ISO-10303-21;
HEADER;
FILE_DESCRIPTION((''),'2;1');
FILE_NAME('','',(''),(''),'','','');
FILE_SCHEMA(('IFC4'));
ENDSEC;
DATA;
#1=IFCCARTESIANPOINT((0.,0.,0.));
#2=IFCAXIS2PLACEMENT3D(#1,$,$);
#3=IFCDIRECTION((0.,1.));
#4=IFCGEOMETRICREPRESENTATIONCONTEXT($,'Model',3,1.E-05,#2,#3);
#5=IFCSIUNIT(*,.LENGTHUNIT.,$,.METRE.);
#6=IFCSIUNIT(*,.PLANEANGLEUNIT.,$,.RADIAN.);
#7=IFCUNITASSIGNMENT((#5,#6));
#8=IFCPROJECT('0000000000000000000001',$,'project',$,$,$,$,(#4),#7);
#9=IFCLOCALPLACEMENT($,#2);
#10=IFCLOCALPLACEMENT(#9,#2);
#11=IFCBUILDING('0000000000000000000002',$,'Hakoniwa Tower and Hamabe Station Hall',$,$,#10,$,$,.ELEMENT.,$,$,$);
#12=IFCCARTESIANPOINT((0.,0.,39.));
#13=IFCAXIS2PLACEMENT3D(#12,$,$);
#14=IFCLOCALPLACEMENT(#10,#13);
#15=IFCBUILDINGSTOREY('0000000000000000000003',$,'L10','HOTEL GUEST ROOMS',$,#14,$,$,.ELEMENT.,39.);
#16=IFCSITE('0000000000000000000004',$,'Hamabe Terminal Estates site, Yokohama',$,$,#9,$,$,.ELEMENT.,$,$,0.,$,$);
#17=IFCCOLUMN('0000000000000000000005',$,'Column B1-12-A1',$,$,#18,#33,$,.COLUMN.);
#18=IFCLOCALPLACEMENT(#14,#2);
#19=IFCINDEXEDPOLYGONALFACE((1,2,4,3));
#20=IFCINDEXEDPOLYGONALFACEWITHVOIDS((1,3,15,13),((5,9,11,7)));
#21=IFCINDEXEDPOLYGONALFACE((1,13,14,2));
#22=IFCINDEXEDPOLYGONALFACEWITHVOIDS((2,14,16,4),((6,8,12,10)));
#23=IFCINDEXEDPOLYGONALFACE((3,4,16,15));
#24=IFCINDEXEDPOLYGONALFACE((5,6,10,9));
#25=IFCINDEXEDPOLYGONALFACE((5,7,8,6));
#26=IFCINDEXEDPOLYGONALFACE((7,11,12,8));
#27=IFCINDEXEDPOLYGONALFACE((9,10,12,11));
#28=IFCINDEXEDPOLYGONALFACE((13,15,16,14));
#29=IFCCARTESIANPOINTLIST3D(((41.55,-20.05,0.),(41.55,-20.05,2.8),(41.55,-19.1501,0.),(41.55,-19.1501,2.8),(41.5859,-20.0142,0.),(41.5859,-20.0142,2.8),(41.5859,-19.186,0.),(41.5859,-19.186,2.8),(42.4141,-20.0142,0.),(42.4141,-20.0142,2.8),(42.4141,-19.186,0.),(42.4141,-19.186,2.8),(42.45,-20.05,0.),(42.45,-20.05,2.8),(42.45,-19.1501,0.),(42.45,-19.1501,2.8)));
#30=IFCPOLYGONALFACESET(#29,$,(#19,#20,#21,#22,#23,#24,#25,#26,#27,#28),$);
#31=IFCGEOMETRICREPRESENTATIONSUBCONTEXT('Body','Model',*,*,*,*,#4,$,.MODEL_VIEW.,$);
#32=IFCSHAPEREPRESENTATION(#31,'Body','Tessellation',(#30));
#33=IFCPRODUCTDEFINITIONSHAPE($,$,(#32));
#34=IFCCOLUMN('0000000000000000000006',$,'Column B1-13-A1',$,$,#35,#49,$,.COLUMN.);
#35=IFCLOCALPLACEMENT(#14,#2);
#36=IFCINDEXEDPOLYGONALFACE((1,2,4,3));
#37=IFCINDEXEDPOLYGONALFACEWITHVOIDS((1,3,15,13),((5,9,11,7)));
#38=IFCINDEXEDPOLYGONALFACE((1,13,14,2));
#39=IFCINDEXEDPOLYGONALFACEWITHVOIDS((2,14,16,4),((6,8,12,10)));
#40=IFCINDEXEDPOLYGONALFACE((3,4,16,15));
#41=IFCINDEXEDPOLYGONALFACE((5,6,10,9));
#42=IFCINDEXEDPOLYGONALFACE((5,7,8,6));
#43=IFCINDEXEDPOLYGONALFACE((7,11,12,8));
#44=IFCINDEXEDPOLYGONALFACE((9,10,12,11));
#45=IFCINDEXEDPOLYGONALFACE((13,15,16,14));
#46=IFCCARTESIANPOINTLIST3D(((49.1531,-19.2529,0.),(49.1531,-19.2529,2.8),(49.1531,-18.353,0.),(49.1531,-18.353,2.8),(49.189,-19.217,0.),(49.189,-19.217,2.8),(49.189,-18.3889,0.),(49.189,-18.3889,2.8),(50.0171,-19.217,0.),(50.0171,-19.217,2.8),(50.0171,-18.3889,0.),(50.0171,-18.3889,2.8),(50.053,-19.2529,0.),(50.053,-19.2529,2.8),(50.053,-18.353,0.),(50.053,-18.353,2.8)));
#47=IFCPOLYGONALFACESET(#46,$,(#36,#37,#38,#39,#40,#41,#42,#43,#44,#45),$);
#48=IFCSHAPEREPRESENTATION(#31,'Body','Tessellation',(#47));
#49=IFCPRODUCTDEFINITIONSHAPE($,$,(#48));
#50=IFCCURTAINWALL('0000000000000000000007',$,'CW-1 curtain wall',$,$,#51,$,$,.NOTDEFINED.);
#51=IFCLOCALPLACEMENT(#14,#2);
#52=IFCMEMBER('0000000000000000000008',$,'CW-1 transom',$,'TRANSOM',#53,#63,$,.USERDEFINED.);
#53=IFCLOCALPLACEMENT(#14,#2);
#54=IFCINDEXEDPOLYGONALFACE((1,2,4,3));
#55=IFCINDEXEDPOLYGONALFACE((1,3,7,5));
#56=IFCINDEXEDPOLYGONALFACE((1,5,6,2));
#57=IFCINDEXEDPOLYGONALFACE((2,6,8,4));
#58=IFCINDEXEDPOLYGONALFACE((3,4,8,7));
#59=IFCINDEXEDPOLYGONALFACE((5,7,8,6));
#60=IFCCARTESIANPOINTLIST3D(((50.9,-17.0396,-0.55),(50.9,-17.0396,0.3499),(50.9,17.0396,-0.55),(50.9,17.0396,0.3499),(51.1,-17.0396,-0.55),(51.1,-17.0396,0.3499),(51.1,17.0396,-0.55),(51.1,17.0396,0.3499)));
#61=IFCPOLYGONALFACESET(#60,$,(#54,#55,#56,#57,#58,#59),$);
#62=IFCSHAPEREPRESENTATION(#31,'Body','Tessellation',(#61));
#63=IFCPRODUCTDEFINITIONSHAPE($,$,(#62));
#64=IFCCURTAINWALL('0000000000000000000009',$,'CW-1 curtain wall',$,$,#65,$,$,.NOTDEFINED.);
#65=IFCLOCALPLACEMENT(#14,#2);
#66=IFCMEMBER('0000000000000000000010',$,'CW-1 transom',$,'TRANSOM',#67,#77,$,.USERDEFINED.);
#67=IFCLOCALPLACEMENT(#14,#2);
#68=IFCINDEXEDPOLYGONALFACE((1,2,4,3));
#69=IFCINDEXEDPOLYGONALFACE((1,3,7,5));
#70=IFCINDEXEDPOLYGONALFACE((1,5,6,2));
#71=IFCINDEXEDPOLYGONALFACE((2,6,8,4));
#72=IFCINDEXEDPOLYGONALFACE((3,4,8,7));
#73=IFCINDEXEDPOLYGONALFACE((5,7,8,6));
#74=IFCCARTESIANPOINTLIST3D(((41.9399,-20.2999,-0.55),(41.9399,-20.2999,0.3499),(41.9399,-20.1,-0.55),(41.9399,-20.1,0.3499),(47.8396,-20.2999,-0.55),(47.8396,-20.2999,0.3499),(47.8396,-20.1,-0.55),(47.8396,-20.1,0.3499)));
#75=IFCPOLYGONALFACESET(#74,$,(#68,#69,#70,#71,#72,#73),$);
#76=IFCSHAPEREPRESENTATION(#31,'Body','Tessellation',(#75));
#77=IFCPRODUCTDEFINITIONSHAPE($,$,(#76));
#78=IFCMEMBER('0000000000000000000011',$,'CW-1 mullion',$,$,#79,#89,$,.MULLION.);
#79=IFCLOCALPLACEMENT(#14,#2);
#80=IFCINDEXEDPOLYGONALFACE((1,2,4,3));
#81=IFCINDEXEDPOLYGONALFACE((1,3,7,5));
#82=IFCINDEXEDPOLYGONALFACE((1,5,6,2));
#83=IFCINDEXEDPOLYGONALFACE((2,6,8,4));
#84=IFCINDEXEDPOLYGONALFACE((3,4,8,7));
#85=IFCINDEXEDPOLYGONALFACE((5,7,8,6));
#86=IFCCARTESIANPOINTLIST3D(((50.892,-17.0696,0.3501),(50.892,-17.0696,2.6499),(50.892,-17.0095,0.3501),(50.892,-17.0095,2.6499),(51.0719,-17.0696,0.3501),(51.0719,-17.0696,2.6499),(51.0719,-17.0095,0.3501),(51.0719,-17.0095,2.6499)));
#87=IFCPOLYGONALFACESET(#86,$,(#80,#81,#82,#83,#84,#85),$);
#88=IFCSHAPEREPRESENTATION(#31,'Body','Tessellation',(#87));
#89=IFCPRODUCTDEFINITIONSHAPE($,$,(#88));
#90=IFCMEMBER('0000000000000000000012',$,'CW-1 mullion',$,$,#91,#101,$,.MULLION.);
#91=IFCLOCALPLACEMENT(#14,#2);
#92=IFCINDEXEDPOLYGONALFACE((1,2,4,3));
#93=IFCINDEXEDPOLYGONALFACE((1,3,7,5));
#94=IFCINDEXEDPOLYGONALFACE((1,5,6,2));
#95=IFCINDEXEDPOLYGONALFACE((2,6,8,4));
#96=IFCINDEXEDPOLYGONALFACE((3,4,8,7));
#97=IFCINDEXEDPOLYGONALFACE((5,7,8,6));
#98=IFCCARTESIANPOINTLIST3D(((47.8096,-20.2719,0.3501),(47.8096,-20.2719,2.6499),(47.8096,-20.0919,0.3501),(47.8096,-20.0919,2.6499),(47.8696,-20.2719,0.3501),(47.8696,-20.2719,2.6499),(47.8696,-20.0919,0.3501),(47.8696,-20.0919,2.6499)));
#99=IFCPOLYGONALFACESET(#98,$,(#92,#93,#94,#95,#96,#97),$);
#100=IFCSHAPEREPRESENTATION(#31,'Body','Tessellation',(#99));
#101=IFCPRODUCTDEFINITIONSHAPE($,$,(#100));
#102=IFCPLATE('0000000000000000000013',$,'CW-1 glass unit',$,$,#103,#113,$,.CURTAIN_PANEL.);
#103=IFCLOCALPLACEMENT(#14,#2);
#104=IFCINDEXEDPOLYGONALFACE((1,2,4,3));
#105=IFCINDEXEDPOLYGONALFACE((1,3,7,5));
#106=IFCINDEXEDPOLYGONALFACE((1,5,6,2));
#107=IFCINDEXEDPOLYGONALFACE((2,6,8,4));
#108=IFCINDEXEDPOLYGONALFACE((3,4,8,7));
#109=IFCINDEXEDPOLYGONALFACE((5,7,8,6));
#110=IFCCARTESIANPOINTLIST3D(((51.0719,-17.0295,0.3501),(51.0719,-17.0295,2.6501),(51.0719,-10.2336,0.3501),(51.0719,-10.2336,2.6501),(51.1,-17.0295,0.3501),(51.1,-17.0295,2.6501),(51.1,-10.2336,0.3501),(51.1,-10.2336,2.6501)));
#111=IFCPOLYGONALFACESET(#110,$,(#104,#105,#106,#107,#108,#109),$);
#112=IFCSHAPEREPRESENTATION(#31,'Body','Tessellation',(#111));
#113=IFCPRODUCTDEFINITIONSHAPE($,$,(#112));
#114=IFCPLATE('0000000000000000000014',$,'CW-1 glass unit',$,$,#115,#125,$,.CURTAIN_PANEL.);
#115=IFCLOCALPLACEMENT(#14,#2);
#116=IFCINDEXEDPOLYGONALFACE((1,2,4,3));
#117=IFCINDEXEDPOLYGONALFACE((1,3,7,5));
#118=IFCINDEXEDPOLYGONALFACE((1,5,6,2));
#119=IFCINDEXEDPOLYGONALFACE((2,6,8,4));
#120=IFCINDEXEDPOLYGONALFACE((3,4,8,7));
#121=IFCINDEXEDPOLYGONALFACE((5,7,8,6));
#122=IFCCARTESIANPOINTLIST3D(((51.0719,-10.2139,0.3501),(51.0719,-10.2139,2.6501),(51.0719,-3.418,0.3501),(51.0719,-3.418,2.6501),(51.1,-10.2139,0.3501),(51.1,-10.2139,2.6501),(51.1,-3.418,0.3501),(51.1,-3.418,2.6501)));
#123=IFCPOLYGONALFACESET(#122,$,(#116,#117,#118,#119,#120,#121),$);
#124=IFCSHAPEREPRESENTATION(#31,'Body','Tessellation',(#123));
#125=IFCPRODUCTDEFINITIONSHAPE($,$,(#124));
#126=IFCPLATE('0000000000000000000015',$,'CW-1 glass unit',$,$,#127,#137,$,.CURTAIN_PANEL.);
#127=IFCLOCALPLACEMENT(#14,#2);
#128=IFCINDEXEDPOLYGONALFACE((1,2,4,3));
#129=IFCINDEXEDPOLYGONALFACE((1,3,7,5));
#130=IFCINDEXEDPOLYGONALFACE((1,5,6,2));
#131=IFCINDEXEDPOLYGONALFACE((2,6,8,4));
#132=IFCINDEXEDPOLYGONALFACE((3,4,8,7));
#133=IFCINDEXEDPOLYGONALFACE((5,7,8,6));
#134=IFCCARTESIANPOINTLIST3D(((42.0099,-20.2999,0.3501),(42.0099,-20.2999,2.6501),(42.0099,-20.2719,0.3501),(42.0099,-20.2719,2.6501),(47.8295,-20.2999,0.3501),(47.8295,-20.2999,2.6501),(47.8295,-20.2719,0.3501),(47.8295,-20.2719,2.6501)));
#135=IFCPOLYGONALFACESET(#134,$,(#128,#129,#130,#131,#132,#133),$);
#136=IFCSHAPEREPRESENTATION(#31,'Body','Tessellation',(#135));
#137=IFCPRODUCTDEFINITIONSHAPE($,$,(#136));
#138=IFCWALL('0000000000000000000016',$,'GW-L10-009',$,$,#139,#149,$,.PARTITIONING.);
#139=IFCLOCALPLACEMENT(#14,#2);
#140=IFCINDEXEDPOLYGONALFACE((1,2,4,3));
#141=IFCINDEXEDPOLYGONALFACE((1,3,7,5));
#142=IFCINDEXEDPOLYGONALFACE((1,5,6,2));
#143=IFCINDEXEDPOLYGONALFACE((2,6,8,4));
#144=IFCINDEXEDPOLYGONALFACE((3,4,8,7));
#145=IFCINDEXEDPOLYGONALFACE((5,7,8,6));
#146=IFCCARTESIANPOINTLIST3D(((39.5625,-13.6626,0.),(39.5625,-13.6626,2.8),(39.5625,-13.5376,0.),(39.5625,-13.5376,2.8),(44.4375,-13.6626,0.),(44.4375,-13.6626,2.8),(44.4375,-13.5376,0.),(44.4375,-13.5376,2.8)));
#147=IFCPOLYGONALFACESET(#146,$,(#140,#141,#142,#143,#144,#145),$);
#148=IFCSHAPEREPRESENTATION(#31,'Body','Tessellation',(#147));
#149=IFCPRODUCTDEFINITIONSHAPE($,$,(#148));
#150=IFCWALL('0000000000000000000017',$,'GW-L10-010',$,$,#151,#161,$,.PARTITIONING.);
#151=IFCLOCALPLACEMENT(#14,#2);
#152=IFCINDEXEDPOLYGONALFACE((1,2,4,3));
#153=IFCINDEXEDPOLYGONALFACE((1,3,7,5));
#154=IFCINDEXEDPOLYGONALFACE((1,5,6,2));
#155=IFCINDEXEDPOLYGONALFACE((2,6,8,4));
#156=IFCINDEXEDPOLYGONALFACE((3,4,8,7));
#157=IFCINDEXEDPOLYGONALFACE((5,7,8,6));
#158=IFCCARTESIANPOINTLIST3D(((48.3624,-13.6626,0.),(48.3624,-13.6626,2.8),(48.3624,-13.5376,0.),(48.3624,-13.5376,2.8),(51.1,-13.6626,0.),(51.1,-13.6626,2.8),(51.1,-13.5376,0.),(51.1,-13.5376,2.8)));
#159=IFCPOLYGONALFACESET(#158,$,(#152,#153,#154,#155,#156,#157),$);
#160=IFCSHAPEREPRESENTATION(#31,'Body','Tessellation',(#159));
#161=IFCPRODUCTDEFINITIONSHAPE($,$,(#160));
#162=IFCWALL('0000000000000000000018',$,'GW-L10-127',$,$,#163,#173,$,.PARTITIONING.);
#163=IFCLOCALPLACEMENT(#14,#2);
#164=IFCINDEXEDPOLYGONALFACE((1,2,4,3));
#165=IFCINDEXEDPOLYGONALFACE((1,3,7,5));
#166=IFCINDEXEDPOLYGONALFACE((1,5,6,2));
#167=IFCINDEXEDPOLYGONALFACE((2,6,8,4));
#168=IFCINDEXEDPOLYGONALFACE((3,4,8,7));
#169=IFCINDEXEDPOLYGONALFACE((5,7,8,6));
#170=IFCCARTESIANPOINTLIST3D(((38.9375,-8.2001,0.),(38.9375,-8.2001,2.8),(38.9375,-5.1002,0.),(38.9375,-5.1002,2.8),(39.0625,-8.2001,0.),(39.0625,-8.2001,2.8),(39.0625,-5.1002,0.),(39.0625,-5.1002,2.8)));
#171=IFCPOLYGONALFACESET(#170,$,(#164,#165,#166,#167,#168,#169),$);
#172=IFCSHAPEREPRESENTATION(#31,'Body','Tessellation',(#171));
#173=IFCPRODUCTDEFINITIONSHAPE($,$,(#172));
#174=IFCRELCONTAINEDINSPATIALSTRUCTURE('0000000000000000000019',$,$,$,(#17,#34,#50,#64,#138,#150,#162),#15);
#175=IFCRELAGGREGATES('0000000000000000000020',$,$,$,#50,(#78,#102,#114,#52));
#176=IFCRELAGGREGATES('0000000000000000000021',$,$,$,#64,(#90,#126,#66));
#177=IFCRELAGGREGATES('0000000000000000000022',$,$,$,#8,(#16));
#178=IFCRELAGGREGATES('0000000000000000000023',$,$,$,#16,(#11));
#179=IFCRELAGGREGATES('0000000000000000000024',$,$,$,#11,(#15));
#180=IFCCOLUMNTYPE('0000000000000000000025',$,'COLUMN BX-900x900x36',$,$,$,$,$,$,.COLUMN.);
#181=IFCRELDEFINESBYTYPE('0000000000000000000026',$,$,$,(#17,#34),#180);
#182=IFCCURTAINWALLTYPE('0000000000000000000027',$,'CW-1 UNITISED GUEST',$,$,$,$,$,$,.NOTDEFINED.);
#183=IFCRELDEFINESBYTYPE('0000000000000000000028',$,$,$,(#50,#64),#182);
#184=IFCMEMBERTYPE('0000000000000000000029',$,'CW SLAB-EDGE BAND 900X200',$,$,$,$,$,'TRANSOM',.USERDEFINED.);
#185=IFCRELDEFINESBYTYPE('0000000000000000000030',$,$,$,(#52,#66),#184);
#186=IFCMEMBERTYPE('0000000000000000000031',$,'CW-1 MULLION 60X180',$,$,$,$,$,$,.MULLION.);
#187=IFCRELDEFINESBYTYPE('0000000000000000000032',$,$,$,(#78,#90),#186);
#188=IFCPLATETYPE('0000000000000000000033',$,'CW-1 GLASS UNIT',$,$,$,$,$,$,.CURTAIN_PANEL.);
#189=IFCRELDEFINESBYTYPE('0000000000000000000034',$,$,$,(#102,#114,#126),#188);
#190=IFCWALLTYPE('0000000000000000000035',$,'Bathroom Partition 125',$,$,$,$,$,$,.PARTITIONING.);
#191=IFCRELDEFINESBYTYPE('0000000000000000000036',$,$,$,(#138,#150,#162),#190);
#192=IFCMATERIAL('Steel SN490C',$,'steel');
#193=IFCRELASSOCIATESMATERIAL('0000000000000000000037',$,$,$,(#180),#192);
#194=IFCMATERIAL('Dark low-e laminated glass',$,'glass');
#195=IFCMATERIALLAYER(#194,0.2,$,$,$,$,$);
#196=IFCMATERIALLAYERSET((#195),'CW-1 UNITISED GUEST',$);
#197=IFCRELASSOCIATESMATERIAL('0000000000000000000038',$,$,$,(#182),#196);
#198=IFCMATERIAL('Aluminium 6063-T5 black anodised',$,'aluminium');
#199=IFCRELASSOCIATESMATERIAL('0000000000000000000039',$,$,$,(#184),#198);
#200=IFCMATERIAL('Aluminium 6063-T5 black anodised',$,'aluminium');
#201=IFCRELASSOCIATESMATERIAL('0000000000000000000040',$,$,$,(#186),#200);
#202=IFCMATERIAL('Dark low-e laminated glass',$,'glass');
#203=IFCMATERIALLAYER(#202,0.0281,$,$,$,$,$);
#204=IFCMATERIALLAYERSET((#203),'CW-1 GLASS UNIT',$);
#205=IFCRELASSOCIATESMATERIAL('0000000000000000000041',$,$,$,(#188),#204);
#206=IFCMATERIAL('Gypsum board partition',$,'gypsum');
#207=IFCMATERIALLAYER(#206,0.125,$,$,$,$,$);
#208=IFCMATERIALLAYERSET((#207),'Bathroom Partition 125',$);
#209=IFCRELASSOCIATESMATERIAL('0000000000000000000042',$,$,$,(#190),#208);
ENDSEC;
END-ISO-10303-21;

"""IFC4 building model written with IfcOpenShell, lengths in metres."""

from ifc_helpers import new_model, si_unit, direction, frame, frame_2d, origin, origin_2d, place, context, subcontext, project, spatial, rectangle, hollow_rectangle, extrude, material, layer, layer_set, material_profile, profile_set, type_object, element, aggregate, save


model = new_model("IFC4")

# Units and contexts
model_context = context("Model", 3, precision=1e-05, world=origin(), true_north=direction((0.0, 1.0)))
body_context = subcontext(model_context, "Body", "Model", "MODEL_VIEW")
ifc_project = project(units=[si_unit("LENGTHUNIT", "METRE"), si_unit("PLANEANGLEUNIT", "RADIAN")], contexts=[model_context])

# Site, building, storey
site_placement = place(None, origin())
site = spatial("IfcSite", under=ifc_project, at=site_placement, Name="Hamabe Terminal Estates site, Yokohama", CompositionType="ELEMENT", RefElevation=0.0)
building_placement = place(site_placement, origin())
building = spatial("IfcBuilding", under=site, at=building_placement, Name="Hakoniwa Tower and Hamabe Station Hall", CompositionType="ELEMENT")
storey_placement = place(building_placement, frame((0.0, 0.0, 39.0)))
storey = spatial("IfcBuildingStorey", under=building, at=storey_placement, Name="L10", Description="HOTEL GUEST ROOMS", CompositionType="ELEMENT", Elevation=39.0)

# Columns
ifc_material_1 = material(Name="Steel SN490C", Category="steel")
ifc_material_profile_1 = material_profile(ifc_material_1, hollow_rectangle(XDim=0.8999, YDim=0.8999, WallThickness=0.0359, at=origin_2d()), Name="BX-900x900x36")
ifc_profile_set_1 = profile_set([ifc_material_profile_1], Name="Steel SN490C")
column_type = type_object("IfcColumnType", Name="COLUMN BX-900x900x36", PredefinedType="COLUMN", material=ifc_profile_set_1)
for number, where, z_axis, x_axis, name in (
    (1, (42.0, -19.6001, 0.0), (0.0, 0.0, 1.0), (1.0, 0.0, 0.0), "Column B1-12-A1"),
    (2, (49.603, -18.803, 0.0), (0.0, 0.0, 1.0), (1.0, 0.0, 0.0), "Column B1-13-A1"),
):
    element("IfcColumn", number, at=place(storey_placement, frame(where, z_axis=z_axis, x_axis=x_axis)), inside=storey, type_object=column_type, Name=name, PredefinedType="COLUMN", context=body_context, shape_type="SweptSolid", body=[
        extrude(hollow_rectangle(XDim=0.8999, YDim=0.8999, WallThickness=0.0359, at=origin_2d()), origin(), (0.0, 0.0, 1.0), 2.8),
    ])

# Curtain walls, members
ifc_material_2 = material(Name="Dark low-e laminated glass", Category="glass")
ifc_layer_1 = layer(ifc_material_2, 0.2)
ifc_layer_set_1 = layer_set([ifc_layer_1], Name="CW-1 UNITISED GUEST")
curtain_wall_type = type_object("IfcCurtainWallType", Name="CW-1 UNITISED GUEST", PredefinedType="NOTDEFINED", material=ifc_layer_set_1)
curtain_wall_1_placement = place(storey_placement, origin())
curtain_wall_1 = element("IfcCurtainWall", 3, at=curtain_wall_1_placement, inside=storey, type_object=curtain_wall_type, Name="CW-1 curtain wall", PredefinedType="NOTDEFINED")
ifc_material_3 = material(Name="Aluminium 6063-T5 black anodised", Category="aluminium")
ifc_material_profile_2 = material_profile(ifc_material_3, rectangle(XDim=0.2, YDim=0.8999, at=origin_2d()), Name="CW SLAB-EDGE BAND 900X200")
ifc_profile_set_2 = profile_set([ifc_material_profile_2], Name="Aluminium 6063-T5 black anodised")
member_type_1 = type_object("IfcMemberType", Name="CW SLAB-EDGE BAND 900X200", ElementType="TRANSOM", PredefinedType="USERDEFINED", material=ifc_profile_set_2)
member_1_placement = place(storey_placement, frame((51.0, -17.0396, -0.1001), z_axis=(0.0, 1.0, 0.0), x_axis=(-1.0, 0.0, 0.0)))
member_1 = element("IfcMember", 4, at=member_1_placement, type_object=member_type_1, Name="CW-1 transom", ObjectType="TRANSOM", PredefinedType="USERDEFINED", context=body_context, shape_type="SweptSolid", body=[
    extrude(rectangle(XDim=0.2, YDim=0.8999, at=origin_2d()), origin(), (0.0, 0.0, 1.0), 34.0791),
])
curtain_wall_2_placement = place(storey_placement, origin())
curtain_wall_2 = element("IfcCurtainWall", 5, at=curtain_wall_2_placement, inside=storey, type_object=curtain_wall_type, Name="CW-1 curtain wall", PredefinedType="NOTDEFINED")
member_2_placement = place(storey_placement, frame((41.9399, -20.2, -0.1001), z_axis=(1.0, 0.0, 0.0), x_axis=(0.0, 1.0, 0.0)))
member_2 = element("IfcMember", 6, at=member_2_placement, type_object=member_type_1, Name="CW-1 transom", ObjectType="TRANSOM", PredefinedType="USERDEFINED", context=body_context, shape_type="SweptSolid", body=[
    extrude(rectangle(XDim=0.2, YDim=0.8999, at=origin_2d()), origin(), (0.0, 0.0, 1.0), 5.8997),
])

# Members
ifc_material_4 = material(Name="Aluminium 6063-T5 black anodised", Category="aluminium")
ifc_material_profile_3 = material_profile(ifc_material_4, rectangle(XDim=0.0601, YDim=0.1799, at=origin_2d()), Name="CW-1 MULLION 60X180")
ifc_profile_set_3 = profile_set([ifc_material_profile_3], Name="Aluminium 6063-T5 black anodised")
member_type_2 = type_object("IfcMemberType", Name="CW-1 MULLION 60X180", PredefinedType="MULLION", material=ifc_profile_set_3)
member_3_placement = place(storey_placement, frame((50.9819, -17.0396, 0.3501), z_axis=(0.0, 0.0, 1.0), x_axis=(0.0, 1.0, 0.0)))
member_3 = element("IfcMember", 7, at=member_3_placement, type_object=member_type_2, Name="CW-1 mullion", PredefinedType="MULLION", context=body_context, shape_type="SweptSolid", body=[
    extrude(rectangle(XDim=0.0601, YDim=0.1799, at=origin_2d()), origin(), (0.0, 0.0, 1.0), 2.2998),
])
member_4_placement = place(storey_placement, frame((47.8396, -20.1819, 0.3501), z_axis=(0.0, 0.0, 1.0), x_axis=(1.0, 0.0, 0.0)))
member_4 = element("IfcMember", 8, at=member_4_placement, type_object=member_type_2, Name="CW-1 mullion", PredefinedType="MULLION", context=body_context, shape_type="SweptSolid", body=[
    extrude(rectangle(XDim=0.0601, YDim=0.1799, at=origin_2d()), origin(), (0.0, 0.0, 1.0), 2.2998),
])

# Plates
ifc_material_5 = material(Name="Dark low-e laminated glass", Category="glass")
ifc_layer_2 = layer(ifc_material_5, 0.0281)
ifc_layer_set_2 = layer_set([ifc_layer_2], Name="CW-1 GLASS UNIT")
plate_type = type_object("IfcPlateType", Name="CW-1 GLASS UNIT", PredefinedType="CURTAIN_PANEL", material=ifc_layer_set_2)
plate_1_placement = place(storey_placement, frame((51.0859, -13.6316, 0.3501), z_axis=(0.0, 0.0, 1.0), x_axis=(0.0, 1.0, 0.0)))
plate_1 = element("IfcPlate", 9, at=plate_1_placement, type_object=plate_type, Name="CW-1 glass unit", PredefinedType="CURTAIN_PANEL", context=body_context, shape_type="SweptSolid", body=[
    extrude(rectangle(XDim=6.7959, YDim=0.0281, at=origin_2d()), origin(), (0.0, 0.0, 1.0), 2.3),
])
plate_2_placement = place(storey_placement, frame((51.0859, -6.8159, 0.3501), z_axis=(0.0, 0.0, 1.0), x_axis=(0.0, 1.0, 0.0)))
plate_2 = element("IfcPlate", 10, at=plate_2_placement, type_object=plate_type, Name="CW-1 glass unit", PredefinedType="CURTAIN_PANEL", context=body_context, shape_type="SweptSolid", body=[
    extrude(rectangle(XDim=6.7959, YDim=0.0281, at=origin_2d()), origin(), (0.0, 0.0, 1.0), 2.3),
])
aggregate(curtain_wall_1, [member_3, plate_1, plate_2, member_1])
plate_3_placement = place(storey_placement, frame((44.9197, -20.2859, 0.3501), z_axis=(0.0, 0.0, 1.0), x_axis=(1.0, 0.0, 0.0)))
plate_3 = element("IfcPlate", 11, at=plate_3_placement, type_object=plate_type, Name="CW-1 glass unit", PredefinedType="CURTAIN_PANEL", context=body_context, shape_type="SweptSolid", body=[
    extrude(rectangle(XDim=5.8196, YDim=0.0281, at=origin_2d()), origin(), (0.0, 0.0, 1.0), 2.3),
])
aggregate(curtain_wall_2, [member_4, plate_3, member_2])

# Walls
ifc_material_6 = material(Name="Gypsum board partition", Category="gypsum")
ifc_layer_3 = layer(ifc_material_6, 0.125)
ifc_layer_set_3 = layer_set([ifc_layer_3], Name="Bathroom Partition 125")
wall_type_1 = type_object("IfcWallType", Name="Bathroom Partition 125", PredefinedType="PARTITIONING", material=ifc_layer_set_3)
wall_1_placement = place(storey_placement, frame((39.5625, -13.6001, 0.0), z_axis=(0.0, 0.0, 1.0), x_axis=(1.0, 0.0, 0.0)))
element("IfcWall", 12, at=wall_1_placement, inside=storey, type_object=wall_type_1, Name="GW-L10-009", PredefinedType="PARTITIONING", context=body_context, shape_type="SweptSolid", body=[
    extrude(rectangle(XDim=4.875, YDim=0.125, at=frame_2d((2.4375, 0.0))), origin(), (0.0, 0.0, 1.0), 2.8),
])
wall_2_placement = place(storey_placement, frame((48.3625, -13.6001, 0.0), z_axis=(0.0, 0.0, 1.0), x_axis=(1.0, 0.0, 0.0)))
element("IfcWall", 13, at=wall_2_placement, inside=storey, type_object=wall_type_1, Name="GW-L10-010", PredefinedType="PARTITIONING", context=body_context, shape_type="SweptSolid", body=[
    extrude(rectangle(XDim=2.7375, YDim=0.125, at=frame_2d((1.3687, 0.0))), origin(), (0.0, 0.0, 1.0), 2.8),
])
wall_3_placement = place(storey_placement, frame((39.0, -8.2, 0.0), z_axis=(0.0, 0.0, 1.0), x_axis=(0.0, 1.0, 0.0)))
element("IfcWall", 14, at=wall_3_placement, inside=storey, type_object=wall_type_1, Name="GW-L10-127", PredefinedType="PARTITIONING", context=body_context, shape_type="SweptSolid", body=[
    extrude(rectangle(XDim=3.0999, YDim=0.125, at=frame_2d((1.5498, 0.0))), origin(), (0.0, 0.0, 1.0), 2.8),
])

save(model, "model.ifc")
